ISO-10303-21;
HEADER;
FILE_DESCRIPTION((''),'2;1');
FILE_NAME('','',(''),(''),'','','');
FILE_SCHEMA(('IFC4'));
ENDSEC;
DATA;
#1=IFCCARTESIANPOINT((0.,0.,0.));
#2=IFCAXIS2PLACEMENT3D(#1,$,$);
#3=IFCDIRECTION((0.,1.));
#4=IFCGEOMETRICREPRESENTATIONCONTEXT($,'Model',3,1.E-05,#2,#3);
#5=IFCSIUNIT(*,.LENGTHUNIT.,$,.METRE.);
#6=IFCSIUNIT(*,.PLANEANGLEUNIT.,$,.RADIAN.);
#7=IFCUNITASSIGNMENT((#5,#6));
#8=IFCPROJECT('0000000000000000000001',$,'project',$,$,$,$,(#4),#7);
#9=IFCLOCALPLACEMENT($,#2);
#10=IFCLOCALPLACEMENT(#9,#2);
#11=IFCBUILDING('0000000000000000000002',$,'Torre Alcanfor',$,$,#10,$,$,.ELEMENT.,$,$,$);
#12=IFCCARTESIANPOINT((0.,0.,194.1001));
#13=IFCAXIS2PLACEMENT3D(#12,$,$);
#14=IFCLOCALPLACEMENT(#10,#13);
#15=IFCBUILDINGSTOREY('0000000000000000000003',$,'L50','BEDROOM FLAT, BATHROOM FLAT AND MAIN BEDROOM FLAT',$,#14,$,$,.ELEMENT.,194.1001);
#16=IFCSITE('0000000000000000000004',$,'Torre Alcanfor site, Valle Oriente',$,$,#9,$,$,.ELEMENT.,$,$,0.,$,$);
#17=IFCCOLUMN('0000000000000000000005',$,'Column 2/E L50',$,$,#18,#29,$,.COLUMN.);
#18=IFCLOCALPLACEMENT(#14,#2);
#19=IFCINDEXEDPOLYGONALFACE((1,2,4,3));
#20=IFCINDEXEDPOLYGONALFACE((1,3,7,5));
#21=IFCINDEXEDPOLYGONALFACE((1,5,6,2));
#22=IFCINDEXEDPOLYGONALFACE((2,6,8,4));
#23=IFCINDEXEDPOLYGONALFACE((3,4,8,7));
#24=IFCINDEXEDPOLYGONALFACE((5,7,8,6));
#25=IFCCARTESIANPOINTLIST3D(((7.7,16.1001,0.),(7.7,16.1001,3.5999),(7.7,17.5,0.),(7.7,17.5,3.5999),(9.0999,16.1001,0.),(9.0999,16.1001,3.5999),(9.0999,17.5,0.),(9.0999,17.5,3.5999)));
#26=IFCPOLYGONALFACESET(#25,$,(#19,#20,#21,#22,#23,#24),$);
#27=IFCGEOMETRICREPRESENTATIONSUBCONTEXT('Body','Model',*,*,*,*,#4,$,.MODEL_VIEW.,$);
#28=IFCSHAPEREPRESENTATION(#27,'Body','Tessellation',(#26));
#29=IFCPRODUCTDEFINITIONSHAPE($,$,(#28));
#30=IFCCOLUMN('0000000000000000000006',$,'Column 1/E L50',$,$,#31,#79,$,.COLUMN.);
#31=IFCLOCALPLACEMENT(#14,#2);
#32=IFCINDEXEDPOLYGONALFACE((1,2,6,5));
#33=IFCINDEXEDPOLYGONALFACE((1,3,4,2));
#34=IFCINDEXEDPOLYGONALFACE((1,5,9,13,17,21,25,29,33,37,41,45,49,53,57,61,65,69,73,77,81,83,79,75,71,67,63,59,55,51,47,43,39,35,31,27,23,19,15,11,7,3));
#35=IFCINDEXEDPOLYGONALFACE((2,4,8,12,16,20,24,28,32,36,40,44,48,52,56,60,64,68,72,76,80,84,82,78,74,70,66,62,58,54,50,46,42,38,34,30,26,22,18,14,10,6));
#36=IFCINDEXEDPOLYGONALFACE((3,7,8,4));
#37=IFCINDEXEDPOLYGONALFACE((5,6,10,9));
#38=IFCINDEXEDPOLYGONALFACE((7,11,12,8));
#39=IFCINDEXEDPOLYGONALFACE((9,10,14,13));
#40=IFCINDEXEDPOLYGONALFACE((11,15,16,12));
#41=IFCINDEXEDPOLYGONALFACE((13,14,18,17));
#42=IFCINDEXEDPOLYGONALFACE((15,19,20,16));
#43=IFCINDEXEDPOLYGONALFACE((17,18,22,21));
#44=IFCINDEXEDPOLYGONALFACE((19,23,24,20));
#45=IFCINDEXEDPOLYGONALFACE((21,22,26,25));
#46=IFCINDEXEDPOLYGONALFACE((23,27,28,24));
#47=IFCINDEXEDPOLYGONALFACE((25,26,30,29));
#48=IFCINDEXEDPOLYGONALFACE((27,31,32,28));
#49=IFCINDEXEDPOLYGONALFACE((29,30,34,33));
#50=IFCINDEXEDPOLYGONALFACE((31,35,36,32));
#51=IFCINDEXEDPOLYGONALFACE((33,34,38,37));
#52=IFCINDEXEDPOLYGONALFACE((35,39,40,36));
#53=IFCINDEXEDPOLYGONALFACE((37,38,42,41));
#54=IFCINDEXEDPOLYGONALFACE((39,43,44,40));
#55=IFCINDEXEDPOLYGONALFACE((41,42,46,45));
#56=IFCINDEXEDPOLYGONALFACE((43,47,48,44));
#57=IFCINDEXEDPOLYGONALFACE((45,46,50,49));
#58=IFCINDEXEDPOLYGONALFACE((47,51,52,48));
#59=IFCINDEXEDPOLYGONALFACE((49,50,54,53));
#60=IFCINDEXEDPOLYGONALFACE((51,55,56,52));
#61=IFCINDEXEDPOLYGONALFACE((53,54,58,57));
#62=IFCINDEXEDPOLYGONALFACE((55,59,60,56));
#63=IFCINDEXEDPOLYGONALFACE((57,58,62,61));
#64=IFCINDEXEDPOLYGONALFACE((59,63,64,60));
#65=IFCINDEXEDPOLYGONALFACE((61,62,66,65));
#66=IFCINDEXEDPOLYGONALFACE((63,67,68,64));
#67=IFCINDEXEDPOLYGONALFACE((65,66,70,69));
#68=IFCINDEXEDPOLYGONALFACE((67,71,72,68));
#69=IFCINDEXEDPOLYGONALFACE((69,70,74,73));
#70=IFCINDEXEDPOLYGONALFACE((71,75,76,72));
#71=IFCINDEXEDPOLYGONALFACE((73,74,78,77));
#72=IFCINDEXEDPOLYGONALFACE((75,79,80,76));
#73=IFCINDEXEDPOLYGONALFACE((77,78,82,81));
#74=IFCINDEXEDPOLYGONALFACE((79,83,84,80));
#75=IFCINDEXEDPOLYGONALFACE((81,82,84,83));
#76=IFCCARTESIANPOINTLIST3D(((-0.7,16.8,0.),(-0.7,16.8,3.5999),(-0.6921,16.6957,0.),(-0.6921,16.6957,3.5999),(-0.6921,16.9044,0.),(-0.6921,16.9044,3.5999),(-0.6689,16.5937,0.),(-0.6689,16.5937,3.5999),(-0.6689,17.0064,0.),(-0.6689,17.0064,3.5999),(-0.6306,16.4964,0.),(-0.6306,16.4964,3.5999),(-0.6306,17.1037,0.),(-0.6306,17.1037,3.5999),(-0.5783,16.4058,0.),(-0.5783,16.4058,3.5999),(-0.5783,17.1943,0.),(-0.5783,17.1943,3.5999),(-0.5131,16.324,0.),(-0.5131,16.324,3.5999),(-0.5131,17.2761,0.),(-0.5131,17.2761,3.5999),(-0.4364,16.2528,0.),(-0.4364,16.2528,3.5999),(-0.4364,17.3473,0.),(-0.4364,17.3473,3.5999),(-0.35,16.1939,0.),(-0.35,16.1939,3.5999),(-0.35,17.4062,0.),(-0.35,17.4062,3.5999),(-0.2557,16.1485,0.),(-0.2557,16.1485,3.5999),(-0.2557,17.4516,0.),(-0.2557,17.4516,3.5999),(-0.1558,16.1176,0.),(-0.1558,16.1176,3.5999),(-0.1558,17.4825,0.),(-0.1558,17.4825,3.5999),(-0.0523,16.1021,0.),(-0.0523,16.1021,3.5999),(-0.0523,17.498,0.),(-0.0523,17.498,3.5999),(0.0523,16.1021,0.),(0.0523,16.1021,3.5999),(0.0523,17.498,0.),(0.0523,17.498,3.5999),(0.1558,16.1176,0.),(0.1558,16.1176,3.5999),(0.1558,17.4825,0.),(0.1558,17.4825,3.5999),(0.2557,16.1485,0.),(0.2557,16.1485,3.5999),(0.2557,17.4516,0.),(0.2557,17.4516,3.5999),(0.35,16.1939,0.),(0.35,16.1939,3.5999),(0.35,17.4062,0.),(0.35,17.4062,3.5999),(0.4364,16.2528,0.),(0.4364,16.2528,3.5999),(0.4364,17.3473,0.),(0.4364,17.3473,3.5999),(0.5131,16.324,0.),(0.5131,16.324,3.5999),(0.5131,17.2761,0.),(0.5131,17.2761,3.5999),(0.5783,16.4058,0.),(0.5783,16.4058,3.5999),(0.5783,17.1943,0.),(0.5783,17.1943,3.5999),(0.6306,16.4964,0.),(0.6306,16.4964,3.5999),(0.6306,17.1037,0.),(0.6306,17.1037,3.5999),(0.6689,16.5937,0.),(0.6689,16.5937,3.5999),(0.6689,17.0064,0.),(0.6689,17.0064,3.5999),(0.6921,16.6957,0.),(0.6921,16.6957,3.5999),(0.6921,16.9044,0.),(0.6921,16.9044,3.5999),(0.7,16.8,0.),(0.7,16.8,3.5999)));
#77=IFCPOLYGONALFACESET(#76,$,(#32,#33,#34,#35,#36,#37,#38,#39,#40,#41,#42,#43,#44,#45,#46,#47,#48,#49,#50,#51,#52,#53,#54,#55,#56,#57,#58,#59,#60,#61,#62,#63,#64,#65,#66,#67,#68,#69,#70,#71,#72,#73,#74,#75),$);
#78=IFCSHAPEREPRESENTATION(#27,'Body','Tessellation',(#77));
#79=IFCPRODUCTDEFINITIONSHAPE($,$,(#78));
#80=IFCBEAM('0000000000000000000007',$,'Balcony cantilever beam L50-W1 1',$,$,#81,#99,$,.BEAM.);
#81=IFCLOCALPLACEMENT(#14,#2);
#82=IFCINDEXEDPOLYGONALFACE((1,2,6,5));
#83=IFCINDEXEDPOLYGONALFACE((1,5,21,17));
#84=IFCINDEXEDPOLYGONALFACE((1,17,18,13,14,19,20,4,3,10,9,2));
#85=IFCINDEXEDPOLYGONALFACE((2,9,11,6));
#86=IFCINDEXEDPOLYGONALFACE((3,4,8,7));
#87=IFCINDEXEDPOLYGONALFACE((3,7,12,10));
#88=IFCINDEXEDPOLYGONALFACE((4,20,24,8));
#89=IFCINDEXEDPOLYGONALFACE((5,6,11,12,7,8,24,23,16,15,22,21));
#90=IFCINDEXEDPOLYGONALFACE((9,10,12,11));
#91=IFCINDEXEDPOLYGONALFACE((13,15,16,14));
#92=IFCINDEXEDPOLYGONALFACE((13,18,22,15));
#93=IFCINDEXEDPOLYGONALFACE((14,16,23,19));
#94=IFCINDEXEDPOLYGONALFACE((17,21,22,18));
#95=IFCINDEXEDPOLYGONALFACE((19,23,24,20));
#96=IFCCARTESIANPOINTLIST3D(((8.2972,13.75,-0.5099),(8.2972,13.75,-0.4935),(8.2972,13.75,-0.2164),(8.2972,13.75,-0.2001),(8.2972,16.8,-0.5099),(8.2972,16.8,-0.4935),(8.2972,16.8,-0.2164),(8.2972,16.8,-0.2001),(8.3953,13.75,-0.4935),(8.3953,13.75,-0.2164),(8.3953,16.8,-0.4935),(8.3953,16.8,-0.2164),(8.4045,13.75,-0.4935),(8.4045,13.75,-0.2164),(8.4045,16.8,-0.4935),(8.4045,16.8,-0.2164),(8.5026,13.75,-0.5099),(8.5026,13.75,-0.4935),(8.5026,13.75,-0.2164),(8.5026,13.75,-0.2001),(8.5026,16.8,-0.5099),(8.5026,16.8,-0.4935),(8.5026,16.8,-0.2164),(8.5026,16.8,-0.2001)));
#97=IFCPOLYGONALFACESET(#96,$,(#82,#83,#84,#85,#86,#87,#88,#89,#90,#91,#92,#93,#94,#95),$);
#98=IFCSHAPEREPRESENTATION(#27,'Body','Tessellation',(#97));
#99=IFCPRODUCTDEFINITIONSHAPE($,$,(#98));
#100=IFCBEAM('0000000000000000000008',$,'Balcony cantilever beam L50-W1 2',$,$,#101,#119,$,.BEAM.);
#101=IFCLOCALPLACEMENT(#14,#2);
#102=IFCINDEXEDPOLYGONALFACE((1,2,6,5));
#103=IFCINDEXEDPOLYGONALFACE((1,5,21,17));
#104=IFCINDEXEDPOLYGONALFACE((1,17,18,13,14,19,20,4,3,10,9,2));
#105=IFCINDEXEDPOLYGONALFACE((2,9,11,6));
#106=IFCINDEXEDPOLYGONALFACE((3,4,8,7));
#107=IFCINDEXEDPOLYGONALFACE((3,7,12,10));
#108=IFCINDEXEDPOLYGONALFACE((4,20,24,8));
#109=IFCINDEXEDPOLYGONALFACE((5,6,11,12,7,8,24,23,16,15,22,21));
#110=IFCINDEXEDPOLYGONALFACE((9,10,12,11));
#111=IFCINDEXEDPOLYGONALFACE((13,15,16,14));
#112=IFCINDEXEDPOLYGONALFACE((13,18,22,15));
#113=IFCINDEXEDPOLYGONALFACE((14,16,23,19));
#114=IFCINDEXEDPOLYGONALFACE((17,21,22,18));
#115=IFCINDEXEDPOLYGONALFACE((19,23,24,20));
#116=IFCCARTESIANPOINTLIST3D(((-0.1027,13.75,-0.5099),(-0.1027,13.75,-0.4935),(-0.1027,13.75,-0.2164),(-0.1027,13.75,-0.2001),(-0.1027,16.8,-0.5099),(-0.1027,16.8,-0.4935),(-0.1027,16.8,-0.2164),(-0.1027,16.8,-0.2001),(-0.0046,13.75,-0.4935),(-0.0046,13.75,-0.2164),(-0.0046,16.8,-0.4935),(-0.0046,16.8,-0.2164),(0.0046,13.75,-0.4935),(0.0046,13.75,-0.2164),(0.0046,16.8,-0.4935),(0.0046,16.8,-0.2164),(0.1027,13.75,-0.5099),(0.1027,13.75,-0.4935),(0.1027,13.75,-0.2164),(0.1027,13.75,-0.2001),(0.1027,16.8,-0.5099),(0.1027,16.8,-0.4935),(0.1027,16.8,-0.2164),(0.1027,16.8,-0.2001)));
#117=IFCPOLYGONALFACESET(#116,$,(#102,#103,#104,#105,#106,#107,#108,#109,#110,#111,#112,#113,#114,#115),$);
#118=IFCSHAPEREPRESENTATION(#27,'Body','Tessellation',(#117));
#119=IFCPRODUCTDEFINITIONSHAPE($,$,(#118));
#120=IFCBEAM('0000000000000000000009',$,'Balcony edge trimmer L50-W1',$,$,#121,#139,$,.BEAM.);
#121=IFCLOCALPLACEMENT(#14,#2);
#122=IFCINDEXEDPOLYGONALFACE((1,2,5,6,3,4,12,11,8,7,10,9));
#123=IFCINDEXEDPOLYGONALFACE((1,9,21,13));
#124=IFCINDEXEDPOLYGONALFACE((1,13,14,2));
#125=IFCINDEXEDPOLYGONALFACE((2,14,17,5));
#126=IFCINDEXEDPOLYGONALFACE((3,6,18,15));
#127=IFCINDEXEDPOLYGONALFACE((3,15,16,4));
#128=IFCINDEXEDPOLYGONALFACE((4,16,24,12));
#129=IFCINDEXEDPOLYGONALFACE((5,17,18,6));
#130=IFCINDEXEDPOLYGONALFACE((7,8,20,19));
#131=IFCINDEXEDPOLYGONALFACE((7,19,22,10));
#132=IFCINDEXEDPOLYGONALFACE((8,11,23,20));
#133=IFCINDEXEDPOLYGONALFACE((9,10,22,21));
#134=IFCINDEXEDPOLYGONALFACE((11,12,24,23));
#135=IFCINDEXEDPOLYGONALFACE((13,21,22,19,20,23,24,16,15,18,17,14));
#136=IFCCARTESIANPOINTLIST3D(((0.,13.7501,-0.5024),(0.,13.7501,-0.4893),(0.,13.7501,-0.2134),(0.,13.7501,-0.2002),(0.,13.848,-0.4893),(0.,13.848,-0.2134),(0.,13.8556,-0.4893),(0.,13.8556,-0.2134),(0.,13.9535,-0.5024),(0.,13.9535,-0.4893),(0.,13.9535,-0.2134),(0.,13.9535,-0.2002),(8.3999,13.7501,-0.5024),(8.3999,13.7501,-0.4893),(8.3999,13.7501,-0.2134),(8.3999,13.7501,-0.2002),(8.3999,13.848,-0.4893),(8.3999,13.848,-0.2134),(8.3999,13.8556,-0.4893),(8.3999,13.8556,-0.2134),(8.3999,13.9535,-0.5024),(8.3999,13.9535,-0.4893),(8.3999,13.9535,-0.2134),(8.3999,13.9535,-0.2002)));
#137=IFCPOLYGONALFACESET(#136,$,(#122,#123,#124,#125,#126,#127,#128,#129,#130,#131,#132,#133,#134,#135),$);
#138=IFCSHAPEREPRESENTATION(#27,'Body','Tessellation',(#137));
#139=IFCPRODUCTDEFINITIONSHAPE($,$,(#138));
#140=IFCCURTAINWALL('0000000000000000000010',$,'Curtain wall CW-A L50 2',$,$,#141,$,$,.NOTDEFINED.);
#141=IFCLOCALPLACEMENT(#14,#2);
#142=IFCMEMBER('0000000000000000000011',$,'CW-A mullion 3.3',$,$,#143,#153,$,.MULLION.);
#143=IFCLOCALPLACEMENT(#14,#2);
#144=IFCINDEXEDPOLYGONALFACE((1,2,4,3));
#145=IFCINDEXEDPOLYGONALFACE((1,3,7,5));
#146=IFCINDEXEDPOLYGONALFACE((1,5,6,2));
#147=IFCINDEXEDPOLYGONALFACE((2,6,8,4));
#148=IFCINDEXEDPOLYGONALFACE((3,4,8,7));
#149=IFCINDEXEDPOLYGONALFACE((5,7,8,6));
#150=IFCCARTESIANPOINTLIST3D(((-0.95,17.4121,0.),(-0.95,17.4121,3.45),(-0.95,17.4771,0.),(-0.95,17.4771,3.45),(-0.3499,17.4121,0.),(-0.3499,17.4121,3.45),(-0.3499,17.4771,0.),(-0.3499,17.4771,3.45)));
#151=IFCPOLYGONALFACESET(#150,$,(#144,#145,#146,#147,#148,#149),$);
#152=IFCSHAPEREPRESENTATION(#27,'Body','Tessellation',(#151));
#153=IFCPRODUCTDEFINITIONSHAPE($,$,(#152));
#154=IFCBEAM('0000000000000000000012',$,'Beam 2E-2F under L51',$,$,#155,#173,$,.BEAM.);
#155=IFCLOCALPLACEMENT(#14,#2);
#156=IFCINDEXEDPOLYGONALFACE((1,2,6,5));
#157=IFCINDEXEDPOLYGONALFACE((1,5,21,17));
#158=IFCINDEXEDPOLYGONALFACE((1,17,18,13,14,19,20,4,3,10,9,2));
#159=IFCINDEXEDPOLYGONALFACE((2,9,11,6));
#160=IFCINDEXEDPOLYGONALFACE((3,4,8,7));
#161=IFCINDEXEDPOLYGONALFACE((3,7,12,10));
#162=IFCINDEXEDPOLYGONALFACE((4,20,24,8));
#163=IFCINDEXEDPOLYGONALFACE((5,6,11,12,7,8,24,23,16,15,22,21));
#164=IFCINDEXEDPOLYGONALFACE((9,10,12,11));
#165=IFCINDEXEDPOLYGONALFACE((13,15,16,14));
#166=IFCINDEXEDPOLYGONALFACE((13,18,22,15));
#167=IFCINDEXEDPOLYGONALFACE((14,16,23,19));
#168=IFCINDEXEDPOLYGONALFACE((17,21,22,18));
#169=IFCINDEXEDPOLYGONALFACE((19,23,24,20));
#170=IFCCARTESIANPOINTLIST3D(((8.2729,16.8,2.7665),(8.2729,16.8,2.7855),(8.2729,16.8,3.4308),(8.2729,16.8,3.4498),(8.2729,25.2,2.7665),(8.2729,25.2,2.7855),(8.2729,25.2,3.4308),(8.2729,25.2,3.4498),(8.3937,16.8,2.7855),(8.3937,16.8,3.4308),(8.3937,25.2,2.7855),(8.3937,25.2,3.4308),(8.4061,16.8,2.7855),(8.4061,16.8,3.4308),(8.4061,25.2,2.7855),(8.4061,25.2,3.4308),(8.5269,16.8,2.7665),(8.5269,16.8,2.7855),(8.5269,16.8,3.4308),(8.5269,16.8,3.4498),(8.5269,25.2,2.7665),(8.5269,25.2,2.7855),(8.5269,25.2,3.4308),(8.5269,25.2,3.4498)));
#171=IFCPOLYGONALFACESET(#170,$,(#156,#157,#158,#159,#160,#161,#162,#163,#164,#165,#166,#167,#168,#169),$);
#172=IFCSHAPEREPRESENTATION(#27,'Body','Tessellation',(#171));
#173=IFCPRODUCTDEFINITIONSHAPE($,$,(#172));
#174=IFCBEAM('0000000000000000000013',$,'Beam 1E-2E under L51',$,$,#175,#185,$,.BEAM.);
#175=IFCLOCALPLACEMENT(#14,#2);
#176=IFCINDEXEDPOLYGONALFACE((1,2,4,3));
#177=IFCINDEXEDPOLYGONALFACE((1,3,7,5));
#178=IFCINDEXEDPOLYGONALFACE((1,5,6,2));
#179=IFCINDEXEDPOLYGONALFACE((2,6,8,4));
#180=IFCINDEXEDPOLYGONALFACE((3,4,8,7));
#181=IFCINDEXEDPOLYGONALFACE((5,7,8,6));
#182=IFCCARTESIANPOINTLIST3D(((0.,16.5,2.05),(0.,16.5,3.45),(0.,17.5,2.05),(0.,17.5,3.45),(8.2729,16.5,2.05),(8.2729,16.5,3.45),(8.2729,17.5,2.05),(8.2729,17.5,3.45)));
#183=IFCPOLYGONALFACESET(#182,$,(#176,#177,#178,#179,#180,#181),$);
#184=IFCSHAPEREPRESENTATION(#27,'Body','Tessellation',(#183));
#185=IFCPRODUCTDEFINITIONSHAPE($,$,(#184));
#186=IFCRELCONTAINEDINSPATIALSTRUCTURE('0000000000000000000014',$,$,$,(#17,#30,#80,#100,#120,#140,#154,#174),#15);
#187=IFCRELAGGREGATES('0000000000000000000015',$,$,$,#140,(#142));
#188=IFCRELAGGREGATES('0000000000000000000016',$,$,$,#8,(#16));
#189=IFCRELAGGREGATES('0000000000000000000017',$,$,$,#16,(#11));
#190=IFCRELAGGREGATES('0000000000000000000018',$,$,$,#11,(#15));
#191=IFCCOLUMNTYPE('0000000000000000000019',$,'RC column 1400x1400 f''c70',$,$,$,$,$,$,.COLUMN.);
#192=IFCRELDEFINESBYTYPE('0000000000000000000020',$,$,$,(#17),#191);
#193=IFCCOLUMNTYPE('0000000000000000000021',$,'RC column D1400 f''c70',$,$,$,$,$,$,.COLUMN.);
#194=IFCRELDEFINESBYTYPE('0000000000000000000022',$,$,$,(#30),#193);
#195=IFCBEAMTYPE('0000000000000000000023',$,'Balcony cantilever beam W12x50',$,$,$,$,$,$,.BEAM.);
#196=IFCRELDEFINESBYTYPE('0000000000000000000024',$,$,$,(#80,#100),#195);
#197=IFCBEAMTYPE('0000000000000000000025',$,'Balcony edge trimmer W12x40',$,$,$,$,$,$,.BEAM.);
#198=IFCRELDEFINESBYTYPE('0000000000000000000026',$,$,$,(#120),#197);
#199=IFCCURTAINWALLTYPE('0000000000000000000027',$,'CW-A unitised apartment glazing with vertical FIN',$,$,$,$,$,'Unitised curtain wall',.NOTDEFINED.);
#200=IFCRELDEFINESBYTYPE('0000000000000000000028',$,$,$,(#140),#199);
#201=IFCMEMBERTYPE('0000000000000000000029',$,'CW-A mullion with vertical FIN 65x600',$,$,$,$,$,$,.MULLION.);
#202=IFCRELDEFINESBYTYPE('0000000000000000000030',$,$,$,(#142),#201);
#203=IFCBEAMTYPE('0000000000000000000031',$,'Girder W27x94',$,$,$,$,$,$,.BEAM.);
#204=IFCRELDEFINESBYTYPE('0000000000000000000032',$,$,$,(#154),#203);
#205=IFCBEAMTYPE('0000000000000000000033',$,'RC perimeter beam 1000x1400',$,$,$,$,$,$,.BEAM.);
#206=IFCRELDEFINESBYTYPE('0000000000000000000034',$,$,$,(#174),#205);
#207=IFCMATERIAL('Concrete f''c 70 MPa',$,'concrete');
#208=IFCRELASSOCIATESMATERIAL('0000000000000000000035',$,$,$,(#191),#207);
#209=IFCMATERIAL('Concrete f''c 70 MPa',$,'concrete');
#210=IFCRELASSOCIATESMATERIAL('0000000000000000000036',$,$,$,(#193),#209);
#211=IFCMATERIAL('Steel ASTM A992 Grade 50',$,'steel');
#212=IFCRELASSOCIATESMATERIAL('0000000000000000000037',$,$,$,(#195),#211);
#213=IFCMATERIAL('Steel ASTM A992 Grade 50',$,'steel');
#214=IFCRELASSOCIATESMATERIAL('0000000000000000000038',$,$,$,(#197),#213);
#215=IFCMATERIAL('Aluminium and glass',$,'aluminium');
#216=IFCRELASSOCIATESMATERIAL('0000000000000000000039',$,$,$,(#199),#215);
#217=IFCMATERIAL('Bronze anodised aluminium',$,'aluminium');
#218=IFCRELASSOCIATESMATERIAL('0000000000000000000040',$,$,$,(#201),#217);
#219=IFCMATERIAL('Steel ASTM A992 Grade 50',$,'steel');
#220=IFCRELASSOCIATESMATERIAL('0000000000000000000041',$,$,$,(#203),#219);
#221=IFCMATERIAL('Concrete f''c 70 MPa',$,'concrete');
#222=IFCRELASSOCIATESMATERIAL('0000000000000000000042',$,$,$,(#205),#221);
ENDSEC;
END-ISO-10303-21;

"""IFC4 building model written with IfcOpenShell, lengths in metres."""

from ifc_helpers import new_model, si_unit, direction, frame, origin, origin_2d, place, context, subcontext, project, spatial, rectangle, circle, i_section, extrude, material, material_profile, profile_set, type_object, element, aggregate, save


model = new_model("IFC4")

# Units and contexts
model_context = context("Model", 3, precision=1e-05, world=origin(), true_north=direction((0.0, 1.0)))
body_context = subcontext(model_context, "Body", "Model", "MODEL_VIEW")
ifc_project = project(units=[si_unit("LENGTHUNIT", "METRE"), si_unit("PLANEANGLEUNIT", "RADIAN")], contexts=[model_context])

# Site, building, storey
site_placement = place(None, origin())
site = spatial("IfcSite", under=ifc_project, at=site_placement, Name="Torre Alcanfor site, Valle Oriente", CompositionType="ELEMENT", RefElevation=0.0)
building_placement = place(site_placement, origin())
building = spatial("IfcBuilding", under=site, at=building_placement, Name="Torre Alcanfor", CompositionType="ELEMENT")
storey_placement = place(building_placement, frame((0.0, 0.0, 194.1001)))
storey = spatial("IfcBuildingStorey", under=building, at=storey_placement, Name="L50", Description="BEDROOM FLAT, BATHROOM FLAT AND MAIN BEDROOM FLAT", CompositionType="ELEMENT", Elevation=194.1001)

# Columns
ifc_material_1 = material(Name="Concrete f'c 70 MPa", Category="concrete")
ifc_material_profile_1 = material_profile(ifc_material_1, rectangle(XDim=1.3999, YDim=1.3999, at=origin_2d()), Name="1400x1400")
ifc_profile_set_1 = profile_set([ifc_material_profile_1], Name="Concrete f'c 70 MPa")
column_type_1 = type_object("IfcColumnType", Name="RC column 1400x1400 f'c70", PredefinedType="COLUMN", material=ifc_profile_set_1)
column_1_placement = place(storey_placement, frame((8.3999, 16.8, 0.0), z_axis=(0.0, 0.0, 1.0), x_axis=(1.0, 0.0, 0.0)))
element("IfcColumn", 1, at=column_1_placement, inside=storey, type_object=column_type_1, Name="Column 2/E L50", PredefinedType="COLUMN", context=body_context, shape_type="SweptSolid", body=[
    extrude(rectangle(XDim=1.3999, YDim=1.3999, at=origin_2d()), origin(), (0.0, 0.0, 1.0), 3.5999),
])
ifc_material_2 = material(Name="Concrete f'c 70 MPa", Category="concrete")
ifc_material_profile_2 = material_profile(ifc_material_2, circle(Radius=0.7, at=origin_2d()), Name="D1400")
ifc_profile_set_2 = profile_set([ifc_material_profile_2], Name="Concrete f'c 70 MPa")
column_type_2 = type_object("IfcColumnType", Name="RC column D1400 f'c70", PredefinedType="COLUMN", material=ifc_profile_set_2)
column_2_placement = place(storey_placement, frame((0.0, 16.8, 0.0), z_axis=(0.0, 0.0, 1.0), x_axis=(1.0, 0.0, 0.0)))
element("IfcColumn", 2, at=column_2_placement, inside=storey, type_object=column_type_2, Name="Column 1/E L50", PredefinedType="COLUMN", context=body_context, shape_type="SweptSolid", body=[
    extrude(circle(Radius=0.7, at=origin_2d()), origin(), (0.0, 0.0, 1.0), 3.5999),
])

# Beams
ifc_material_3 = material(Name="Steel ASTM A992 Grade 50", Category="steel")
ifc_material_profile_3 = material_profile(ifc_material_3, i_section(OverallWidth=0.2053, OverallDepth=0.3098, WebThickness=0.0093, FlangeThickness=0.0164, at=origin_2d()), Name="W12x50")
ifc_profile_set_3 = profile_set([ifc_material_profile_3], Name="Steel ASTM A992 Grade 50")
beam_type_1 = type_object("IfcBeamType", Name="Balcony cantilever beam W12x50", PredefinedType="BEAM", material=ifc_profile_set_3)
for number, where, z_axis, x_axis, name in (
    (3, (8.3999, 16.8, -0.355), (0.0, -1.0, 0.0), (1.0, 0.0, 0.0), "Balcony cantilever beam L50-W1 1"),
    (4, (0.0, 16.8, -0.355), (0.0, -1.0, 0.0), (1.0, 0.0, 0.0), "Balcony cantilever beam L50-W1 2"),
):
    element("IfcBeam", number, at=place(storey_placement, frame(where, z_axis=z_axis, x_axis=x_axis)), inside=storey, type_object=beam_type_1, Name=name, PredefinedType="BEAM", context=body_context, shape_type="SweptSolid", body=[
        extrude(i_section(OverallWidth=0.2053, OverallDepth=0.3098, WebThickness=0.0093, FlangeThickness=0.0164, at=origin_2d()), origin(), (0.0, 0.0, 1.0), 3.05),
    ])
ifc_material_4 = material(Name="Steel ASTM A992 Grade 50", Category="steel")
ifc_material_profile_4 = material_profile(ifc_material_4, i_section(OverallWidth=0.2034, OverallDepth=0.3022, WebThickness=0.0076, FlangeThickness=0.0132, at=origin_2d()), Name="W12x40")
ifc_profile_set_4 = profile_set([ifc_material_profile_4], Name="Steel ASTM A992 Grade 50")
beam_type_2 = type_object("IfcBeamType", Name="Balcony edge trimmer W12x40", PredefinedType="BEAM", material=ifc_profile_set_4)
beam_1_placement = place(storey_placement, frame((8.3999, 13.8518, -0.3513), z_axis=(-1.0, 0.0, 0.0), x_axis=(0.0, -1.0, 0.0)))
element("IfcBeam", 5, at=beam_1_placement, inside=storey, type_object=beam_type_2, Name="Balcony edge trimmer L50-W1", PredefinedType="BEAM", context=body_context, shape_type="SweptSolid", body=[
    extrude(i_section(OverallWidth=0.2034, OverallDepth=0.3022, WebThickness=0.0076, FlangeThickness=0.0132, at=origin_2d()), origin(), (0.0, 0.0, 1.0), 8.3999),
])

# Curtain wall, member
ifc_material_5 = material(Name="Aluminium and glass", Category="aluminium")
curtain_wall_type = type_object("IfcCurtainWallType", Name="CW-A unitised apartment glazing with vertical FIN", ElementType="Unitised curtain wall", PredefinedType="NOTDEFINED", material=ifc_material_5)
curtain_wall_placement = place(storey_placement, origin())
curtain_wall = element("IfcCurtainWall", 6, at=curtain_wall_placement, inside=storey, type_object=curtain_wall_type, Name="Curtain wall CW-A L50 2", PredefinedType="NOTDEFINED")
ifc_material_6 = material(Name="Bronze anodised aluminium", Category="aluminium")
ifc_material_profile_5 = material_profile(ifc_material_6, rectangle(XDim=0.6001, YDim=0.0649, at=origin_2d()), Name="CW-A mullion 65x600")
ifc_profile_set_5 = profile_set([ifc_material_profile_5], Name="Bronze anodised aluminium")
member_type = type_object("IfcMemberType", Name="CW-A mullion with vertical FIN 65x600", PredefinedType="MULLION", material=ifc_profile_set_5)
member_placement = place(storey_placement, frame((-0.6499, 17.4446, 0.0), z_axis=(0.0, 0.0, 1.0), x_axis=(1.0, 0.0, 0.0)))
member = element("IfcMember", 7, at=member_placement, type_object=member_type, Name="CW-A mullion 3.3", PredefinedType="MULLION", context=body_context, shape_type="SweptSolid", body=[
    extrude(rectangle(XDim=0.6001, YDim=0.0649, at=origin_2d()), origin(), (0.0, 0.0, 1.0), 3.45),
])

# Beams
ifc_material_7 = material(Name="Steel ASTM A992 Grade 50", Category="steel")
ifc_material_profile_6 = material_profile(ifc_material_7, i_section(OverallWidth=0.2539, OverallDepth=0.6833, WebThickness=0.0125, FlangeThickness=0.019, at=origin_2d()), Name="W27x94")
ifc_profile_set_6 = profile_set([ifc_material_profile_6], Name="Steel ASTM A992 Grade 50")
beam_type_3 = type_object("IfcBeamType", Name="Girder W27x94", PredefinedType="BEAM", material=ifc_profile_set_6)
beam_2_placement = place(storey_placement, frame((8.3999, 16.8, 3.1082), z_axis=(0.0, 1.0, 0.0), x_axis=(-1.0, 0.0, 0.0)))
element("IfcBeam", 8, at=beam_2_placement, inside=storey, type_object=beam_type_3, Name="Beam 2E-2F under L51", PredefinedType="BEAM", context=body_context, shape_type="SweptSolid", body=[
    extrude(i_section(OverallWidth=0.2539, OverallDepth=0.6833, WebThickness=0.0125, FlangeThickness=0.019, at=origin_2d()), origin(), (0.0, 0.0, 1.0), 8.3999),
])
ifc_material_8 = material(Name="Concrete f'c 70 MPa", Category="concrete")
ifc_material_profile_7 = material_profile(ifc_material_8, rectangle(XDim=1.0, YDim=1.3999, at=origin_2d()), Name="1000x1400")
ifc_profile_set_7 = profile_set([ifc_material_profile_7], Name="Concrete f'c 70 MPa")
beam_type_4 = type_object("IfcBeamType", Name="RC perimeter beam 1000x1400", PredefinedType="BEAM", material=ifc_profile_set_7)
beam_3_placement = place(storey_placement, frame((0.0, 17.0, 2.75), z_axis=(1.0, 0.0, 0.0), x_axis=(0.0, 1.0, 0.0)))
element("IfcBeam", 9, at=beam_3_placement, inside=storey, type_object=beam_type_4, Name="Beam 1E-2E under L51", PredefinedType="BEAM", context=body_context, shape_type="SweptSolid", body=[
    extrude(rectangle(XDim=1.0, YDim=1.3999, at=origin_2d()), origin(), (0.0, 0.0, 1.0), 8.2729),
])

aggregate(curtain_wall, [member])

save(model, "model.ifc")
